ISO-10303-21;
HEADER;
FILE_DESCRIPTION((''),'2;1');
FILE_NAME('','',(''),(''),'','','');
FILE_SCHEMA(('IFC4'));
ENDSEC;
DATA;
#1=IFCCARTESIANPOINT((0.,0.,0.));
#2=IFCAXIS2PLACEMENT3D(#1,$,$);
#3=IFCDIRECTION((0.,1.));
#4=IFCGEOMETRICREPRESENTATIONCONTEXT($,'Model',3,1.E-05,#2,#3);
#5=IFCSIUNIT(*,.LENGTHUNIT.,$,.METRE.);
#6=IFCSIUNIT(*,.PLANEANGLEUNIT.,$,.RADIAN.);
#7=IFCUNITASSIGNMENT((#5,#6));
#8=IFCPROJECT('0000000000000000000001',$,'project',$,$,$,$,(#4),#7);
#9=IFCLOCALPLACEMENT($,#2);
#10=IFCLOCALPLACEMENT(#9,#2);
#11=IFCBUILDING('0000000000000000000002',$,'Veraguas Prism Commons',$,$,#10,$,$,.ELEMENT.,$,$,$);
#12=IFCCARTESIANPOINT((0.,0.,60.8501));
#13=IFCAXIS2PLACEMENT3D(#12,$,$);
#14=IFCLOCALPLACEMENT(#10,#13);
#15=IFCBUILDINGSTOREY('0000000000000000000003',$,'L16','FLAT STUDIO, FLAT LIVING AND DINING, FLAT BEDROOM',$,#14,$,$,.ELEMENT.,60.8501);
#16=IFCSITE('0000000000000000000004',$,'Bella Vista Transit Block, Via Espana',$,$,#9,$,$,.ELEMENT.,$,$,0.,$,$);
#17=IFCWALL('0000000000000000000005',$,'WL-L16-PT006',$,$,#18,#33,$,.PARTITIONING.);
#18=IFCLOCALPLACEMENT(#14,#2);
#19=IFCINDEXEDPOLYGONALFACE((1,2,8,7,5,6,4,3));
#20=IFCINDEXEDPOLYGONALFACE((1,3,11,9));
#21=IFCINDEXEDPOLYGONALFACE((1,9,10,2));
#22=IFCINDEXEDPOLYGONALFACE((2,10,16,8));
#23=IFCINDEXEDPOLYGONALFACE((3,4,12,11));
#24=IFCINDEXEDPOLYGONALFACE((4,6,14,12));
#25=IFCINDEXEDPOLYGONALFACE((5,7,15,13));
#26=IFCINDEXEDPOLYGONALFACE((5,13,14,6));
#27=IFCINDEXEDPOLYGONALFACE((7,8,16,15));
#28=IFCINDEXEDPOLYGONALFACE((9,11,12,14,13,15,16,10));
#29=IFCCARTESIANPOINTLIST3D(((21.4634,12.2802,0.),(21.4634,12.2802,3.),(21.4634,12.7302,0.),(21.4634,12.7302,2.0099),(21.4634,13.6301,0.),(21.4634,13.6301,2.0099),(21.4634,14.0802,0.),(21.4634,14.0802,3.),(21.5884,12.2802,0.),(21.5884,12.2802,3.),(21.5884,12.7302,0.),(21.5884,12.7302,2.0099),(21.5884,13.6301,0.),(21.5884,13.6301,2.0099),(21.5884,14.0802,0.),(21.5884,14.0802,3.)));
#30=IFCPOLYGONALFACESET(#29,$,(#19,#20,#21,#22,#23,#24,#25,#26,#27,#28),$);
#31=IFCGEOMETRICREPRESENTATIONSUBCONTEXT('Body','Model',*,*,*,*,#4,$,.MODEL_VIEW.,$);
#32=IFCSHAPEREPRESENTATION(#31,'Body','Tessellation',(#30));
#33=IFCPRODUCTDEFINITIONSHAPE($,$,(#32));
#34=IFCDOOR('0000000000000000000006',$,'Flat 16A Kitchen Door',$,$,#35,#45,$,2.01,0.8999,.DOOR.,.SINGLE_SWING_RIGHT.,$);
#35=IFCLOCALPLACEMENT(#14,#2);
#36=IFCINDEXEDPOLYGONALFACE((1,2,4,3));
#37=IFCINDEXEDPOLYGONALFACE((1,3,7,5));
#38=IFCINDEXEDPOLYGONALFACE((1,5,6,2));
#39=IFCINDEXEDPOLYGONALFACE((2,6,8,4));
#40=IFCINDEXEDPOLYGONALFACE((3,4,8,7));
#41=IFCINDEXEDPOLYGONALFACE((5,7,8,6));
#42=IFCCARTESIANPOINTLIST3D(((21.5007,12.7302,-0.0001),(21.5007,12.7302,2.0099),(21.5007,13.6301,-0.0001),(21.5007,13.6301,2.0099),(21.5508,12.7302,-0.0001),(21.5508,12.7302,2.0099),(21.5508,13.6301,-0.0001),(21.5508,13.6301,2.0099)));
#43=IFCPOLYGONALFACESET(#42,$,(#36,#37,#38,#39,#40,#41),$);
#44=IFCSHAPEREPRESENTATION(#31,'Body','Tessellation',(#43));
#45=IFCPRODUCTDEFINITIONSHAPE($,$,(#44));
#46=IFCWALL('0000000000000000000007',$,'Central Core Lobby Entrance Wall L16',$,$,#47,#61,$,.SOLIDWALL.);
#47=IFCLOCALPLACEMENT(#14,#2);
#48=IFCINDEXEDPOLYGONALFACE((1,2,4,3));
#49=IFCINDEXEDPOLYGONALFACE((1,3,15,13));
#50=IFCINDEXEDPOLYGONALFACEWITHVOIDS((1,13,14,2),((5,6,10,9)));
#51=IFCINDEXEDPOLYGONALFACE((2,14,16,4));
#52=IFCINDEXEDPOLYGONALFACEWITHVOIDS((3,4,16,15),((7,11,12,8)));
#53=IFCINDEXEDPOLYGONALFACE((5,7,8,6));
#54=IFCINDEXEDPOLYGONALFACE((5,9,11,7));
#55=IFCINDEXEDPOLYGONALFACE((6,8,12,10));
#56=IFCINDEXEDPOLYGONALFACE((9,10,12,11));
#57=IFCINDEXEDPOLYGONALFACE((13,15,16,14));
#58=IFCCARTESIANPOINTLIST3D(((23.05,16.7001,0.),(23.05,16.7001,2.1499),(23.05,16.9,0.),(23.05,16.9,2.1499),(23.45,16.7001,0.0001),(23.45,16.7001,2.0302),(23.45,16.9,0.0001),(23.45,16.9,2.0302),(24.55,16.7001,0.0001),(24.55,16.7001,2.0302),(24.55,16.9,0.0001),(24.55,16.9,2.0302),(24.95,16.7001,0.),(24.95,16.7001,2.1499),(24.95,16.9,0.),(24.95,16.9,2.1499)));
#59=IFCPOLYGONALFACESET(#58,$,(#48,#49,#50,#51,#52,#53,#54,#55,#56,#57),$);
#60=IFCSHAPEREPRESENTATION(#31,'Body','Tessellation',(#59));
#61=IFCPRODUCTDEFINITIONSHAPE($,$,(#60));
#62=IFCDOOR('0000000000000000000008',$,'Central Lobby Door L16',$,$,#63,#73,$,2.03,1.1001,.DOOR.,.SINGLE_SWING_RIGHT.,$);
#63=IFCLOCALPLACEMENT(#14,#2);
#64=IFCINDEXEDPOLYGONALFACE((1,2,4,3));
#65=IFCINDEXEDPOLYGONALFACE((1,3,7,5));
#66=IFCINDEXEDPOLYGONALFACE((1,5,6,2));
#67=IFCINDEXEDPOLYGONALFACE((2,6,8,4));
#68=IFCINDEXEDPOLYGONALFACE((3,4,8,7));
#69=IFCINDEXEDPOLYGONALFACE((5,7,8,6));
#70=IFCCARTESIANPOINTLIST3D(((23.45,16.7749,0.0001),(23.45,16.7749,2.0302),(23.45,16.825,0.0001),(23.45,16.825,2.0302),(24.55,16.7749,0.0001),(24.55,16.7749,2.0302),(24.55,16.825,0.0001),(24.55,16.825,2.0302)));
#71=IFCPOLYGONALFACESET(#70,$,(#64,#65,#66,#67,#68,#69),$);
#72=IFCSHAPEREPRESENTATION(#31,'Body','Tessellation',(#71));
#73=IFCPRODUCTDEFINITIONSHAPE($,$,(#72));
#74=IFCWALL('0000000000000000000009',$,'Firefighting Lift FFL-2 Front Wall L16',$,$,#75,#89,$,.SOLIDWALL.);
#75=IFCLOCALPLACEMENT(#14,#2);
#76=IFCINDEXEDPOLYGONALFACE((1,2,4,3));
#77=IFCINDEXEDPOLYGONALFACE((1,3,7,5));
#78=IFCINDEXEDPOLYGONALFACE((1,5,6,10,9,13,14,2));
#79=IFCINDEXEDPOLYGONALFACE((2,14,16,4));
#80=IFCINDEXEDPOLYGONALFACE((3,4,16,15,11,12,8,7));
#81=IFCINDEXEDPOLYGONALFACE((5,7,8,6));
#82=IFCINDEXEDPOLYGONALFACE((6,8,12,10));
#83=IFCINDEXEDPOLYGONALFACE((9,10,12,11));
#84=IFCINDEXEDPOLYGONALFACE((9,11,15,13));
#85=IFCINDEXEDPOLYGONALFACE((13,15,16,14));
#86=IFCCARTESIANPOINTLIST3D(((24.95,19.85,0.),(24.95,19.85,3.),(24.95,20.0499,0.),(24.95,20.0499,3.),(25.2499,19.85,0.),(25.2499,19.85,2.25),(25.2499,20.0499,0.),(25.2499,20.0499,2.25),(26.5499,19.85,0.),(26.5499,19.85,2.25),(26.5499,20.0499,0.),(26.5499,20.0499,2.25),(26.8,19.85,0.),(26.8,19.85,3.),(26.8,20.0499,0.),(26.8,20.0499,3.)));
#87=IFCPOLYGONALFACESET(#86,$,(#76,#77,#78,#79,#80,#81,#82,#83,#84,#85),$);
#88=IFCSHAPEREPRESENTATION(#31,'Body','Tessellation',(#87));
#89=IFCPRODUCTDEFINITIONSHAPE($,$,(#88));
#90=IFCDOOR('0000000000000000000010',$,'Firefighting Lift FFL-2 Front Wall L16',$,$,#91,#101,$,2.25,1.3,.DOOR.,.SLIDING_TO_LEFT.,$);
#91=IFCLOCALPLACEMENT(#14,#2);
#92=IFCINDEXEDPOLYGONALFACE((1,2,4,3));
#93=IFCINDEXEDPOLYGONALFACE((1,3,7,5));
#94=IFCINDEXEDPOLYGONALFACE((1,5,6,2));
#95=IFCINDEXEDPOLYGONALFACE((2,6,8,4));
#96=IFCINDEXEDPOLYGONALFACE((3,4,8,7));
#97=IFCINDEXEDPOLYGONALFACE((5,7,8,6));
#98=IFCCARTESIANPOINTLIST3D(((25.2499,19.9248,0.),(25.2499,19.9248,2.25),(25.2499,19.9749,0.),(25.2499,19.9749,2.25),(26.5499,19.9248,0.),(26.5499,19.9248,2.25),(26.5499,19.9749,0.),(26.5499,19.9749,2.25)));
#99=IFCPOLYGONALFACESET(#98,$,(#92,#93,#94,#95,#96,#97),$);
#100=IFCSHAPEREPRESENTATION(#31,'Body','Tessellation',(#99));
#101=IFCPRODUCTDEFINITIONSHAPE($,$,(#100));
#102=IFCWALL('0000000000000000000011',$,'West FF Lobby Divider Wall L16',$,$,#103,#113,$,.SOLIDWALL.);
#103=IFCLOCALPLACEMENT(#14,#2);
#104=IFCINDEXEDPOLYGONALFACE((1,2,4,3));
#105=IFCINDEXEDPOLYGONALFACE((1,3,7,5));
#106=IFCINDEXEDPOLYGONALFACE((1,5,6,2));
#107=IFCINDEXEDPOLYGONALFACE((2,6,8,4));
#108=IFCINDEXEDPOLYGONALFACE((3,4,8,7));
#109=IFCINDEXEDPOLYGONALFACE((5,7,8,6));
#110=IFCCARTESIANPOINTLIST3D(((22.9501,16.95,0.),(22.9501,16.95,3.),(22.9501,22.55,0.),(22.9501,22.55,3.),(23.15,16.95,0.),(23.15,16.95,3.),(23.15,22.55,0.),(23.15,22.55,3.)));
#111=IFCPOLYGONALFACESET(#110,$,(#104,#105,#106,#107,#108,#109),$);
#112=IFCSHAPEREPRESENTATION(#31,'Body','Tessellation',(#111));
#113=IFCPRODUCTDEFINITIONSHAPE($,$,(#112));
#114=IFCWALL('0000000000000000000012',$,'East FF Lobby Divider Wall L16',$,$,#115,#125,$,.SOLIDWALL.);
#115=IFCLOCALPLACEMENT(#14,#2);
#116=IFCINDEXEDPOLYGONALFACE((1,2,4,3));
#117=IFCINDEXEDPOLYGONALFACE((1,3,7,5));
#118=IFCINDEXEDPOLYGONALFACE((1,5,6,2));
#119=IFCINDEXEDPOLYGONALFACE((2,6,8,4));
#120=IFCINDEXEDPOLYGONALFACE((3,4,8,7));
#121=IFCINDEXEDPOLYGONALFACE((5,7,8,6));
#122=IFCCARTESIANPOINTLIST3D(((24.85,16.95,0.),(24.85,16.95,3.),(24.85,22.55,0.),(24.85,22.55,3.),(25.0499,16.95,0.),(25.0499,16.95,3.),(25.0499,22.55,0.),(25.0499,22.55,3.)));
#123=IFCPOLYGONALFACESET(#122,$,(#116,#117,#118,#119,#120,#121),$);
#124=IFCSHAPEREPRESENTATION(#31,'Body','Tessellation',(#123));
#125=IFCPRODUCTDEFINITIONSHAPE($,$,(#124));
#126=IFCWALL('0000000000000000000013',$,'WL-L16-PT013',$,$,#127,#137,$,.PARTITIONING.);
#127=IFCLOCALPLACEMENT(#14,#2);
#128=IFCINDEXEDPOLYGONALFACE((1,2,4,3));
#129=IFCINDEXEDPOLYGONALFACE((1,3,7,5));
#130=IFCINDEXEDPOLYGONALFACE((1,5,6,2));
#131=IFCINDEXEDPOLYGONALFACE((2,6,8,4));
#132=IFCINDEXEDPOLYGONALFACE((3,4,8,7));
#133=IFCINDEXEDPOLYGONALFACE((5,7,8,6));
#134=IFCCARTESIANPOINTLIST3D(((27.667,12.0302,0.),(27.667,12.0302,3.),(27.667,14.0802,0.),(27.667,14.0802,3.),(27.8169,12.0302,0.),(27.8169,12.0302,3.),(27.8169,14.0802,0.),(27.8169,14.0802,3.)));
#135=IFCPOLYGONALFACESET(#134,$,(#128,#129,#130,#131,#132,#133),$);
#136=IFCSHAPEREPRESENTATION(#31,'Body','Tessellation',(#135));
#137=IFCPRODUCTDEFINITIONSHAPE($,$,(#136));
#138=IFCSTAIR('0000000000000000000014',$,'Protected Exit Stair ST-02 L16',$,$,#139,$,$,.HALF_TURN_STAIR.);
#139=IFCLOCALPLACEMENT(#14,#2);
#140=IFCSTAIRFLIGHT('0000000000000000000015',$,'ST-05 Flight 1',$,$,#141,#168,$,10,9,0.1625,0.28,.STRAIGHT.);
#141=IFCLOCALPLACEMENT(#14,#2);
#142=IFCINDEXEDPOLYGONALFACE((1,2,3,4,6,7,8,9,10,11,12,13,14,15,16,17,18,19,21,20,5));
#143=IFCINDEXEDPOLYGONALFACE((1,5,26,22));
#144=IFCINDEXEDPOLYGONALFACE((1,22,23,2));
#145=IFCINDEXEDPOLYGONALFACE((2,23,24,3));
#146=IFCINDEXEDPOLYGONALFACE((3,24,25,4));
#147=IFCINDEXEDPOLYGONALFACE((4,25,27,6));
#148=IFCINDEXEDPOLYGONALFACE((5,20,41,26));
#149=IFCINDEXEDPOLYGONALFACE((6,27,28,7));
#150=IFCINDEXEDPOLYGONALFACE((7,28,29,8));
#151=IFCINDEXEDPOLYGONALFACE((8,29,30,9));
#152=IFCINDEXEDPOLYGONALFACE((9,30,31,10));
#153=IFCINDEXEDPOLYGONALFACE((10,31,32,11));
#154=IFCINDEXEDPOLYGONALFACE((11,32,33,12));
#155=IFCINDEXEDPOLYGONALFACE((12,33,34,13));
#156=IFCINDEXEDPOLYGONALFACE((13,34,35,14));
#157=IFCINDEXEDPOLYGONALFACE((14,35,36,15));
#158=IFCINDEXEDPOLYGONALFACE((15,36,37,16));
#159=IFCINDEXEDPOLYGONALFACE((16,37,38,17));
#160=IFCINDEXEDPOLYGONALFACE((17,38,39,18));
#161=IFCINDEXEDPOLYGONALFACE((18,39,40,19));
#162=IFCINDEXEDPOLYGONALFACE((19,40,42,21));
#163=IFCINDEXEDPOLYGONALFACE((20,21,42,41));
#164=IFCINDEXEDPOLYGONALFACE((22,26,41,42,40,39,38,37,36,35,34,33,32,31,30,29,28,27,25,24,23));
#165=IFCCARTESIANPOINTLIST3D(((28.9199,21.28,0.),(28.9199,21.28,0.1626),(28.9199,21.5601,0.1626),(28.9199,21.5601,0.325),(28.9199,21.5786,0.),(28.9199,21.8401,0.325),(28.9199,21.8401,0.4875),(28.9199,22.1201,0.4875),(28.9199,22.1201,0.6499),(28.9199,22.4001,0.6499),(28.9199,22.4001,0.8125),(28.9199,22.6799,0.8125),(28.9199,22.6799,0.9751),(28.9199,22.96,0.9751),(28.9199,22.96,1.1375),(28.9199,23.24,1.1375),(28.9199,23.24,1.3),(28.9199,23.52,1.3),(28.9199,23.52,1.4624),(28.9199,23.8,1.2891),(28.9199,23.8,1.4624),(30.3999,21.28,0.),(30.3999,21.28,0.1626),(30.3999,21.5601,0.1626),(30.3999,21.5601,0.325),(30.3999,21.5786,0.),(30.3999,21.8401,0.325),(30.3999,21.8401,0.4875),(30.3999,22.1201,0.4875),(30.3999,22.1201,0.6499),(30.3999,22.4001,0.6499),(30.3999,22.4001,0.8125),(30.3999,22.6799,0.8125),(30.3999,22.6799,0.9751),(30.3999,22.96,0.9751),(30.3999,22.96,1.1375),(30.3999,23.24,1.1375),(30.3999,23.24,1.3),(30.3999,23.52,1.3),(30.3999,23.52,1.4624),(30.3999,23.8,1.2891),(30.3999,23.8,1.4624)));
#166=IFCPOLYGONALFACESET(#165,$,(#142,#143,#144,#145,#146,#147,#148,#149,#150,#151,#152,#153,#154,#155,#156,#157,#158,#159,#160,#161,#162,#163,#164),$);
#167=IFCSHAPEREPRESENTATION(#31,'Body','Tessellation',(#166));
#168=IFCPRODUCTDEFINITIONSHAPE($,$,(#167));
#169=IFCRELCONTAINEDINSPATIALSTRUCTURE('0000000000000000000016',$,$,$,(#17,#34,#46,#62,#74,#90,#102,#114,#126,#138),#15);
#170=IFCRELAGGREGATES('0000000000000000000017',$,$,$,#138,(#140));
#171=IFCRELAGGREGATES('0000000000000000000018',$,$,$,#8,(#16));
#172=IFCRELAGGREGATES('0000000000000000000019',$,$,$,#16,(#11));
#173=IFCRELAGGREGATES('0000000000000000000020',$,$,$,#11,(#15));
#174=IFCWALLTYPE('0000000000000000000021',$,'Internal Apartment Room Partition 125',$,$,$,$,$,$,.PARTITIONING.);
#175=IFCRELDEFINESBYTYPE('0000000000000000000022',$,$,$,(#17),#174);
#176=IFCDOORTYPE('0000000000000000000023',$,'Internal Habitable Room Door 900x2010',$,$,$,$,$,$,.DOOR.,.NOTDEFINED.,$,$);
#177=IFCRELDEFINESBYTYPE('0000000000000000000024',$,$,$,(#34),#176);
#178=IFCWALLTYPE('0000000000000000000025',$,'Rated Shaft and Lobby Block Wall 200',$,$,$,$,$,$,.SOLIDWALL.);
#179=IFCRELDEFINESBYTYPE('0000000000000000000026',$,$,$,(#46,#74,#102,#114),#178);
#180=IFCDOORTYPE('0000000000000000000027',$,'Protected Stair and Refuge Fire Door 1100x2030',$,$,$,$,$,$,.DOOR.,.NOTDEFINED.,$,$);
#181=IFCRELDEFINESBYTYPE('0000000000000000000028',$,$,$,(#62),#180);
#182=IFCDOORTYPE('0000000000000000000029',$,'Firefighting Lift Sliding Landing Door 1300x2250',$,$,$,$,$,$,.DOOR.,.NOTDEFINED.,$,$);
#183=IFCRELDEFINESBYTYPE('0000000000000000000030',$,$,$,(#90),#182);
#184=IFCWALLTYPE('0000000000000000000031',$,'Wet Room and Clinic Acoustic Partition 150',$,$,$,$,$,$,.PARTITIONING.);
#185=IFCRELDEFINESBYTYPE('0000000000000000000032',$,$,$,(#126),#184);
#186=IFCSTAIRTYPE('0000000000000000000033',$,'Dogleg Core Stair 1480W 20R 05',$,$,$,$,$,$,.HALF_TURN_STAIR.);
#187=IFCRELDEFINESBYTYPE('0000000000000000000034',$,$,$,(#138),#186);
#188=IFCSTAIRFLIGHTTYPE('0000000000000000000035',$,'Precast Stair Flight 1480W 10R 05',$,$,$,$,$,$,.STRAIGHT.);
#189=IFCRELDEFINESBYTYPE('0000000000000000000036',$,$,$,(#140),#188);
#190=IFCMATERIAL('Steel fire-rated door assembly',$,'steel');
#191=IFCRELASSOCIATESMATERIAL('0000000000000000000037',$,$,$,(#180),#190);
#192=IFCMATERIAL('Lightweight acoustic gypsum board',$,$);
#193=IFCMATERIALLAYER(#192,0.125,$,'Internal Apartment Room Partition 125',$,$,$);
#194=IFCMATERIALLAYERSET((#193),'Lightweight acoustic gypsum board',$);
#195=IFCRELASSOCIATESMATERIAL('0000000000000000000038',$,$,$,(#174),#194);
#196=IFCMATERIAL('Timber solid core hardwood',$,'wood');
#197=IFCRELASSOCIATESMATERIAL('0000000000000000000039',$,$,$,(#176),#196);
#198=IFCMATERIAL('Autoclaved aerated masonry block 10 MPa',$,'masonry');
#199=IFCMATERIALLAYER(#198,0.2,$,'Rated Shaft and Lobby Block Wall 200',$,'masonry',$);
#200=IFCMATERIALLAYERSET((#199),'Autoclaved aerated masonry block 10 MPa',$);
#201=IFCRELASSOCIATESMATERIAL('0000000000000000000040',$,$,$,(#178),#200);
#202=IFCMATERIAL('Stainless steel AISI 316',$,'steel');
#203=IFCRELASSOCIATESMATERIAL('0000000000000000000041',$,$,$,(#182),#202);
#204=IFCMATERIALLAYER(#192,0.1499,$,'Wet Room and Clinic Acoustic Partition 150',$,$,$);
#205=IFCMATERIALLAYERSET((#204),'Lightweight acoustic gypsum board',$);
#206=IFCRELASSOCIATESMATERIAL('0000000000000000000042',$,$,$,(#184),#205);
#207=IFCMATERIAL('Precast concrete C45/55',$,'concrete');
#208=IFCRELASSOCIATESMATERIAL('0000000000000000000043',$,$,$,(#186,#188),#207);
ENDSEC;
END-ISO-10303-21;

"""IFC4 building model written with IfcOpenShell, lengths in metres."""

from ifc_helpers import new_model, si_unit, direction, frame, frame_2d, origin, place, context, subcontext, project, spatial, polyline, rectangle, outline, extrude, source, transform, mapped, material, layer, layer_set, type_object, element, fill, aggregate, save


model = new_model("IFC4")

# Units and contexts
model_context = context("Model", 3, precision=1e-05, world=origin(), true_north=direction((0.0, 1.0)))
body_context = subcontext(model_context, "Body", "Model", "MODEL_VIEW")
ifc_project = project(units=[si_unit("LENGTHUNIT", "METRE"), si_unit("PLANEANGLEUNIT", "RADIAN")], contexts=[model_context])

# Site, building, storey
site_placement = place(None, origin())
site = spatial("IfcSite", under=ifc_project, at=site_placement, Name="Bella Vista Transit Block, Via Espana", CompositionType="ELEMENT", RefElevation=0.0)
building_placement = place(site_placement, origin())
building = spatial("IfcBuilding", under=site, at=building_placement, Name="Veraguas Prism Commons", CompositionType="ELEMENT")
storey_placement = place(building_placement, frame((0.0, 0.0, 60.8501)))
storey = spatial("IfcBuildingStorey", under=building, at=storey_placement, Name="L16", Description="FLAT STUDIO, FLAT LIVING AND DINING, FLAT BEDROOM", CompositionType="ELEMENT", Elevation=60.8501)

# Shared definitions
ifc_material_1 = material(Name="Steel fire-rated door assembly", Category="steel")
door_type_1 = type_object("IfcDoorType", Name="Protected Stair and Refuge Fire Door 1100x2030", OperationType="NOTDEFINED", PredefinedType="DOOR", material=ifc_material_1)
shared_shape_1 = source(origin(), body_context, "Body", "SweptSolid", [
    extrude(rectangle(XDim=1.1001, YDim=2.03, at=frame_2d((0.55, 1.0151))), frame((0.0, 0.0249, 0.0), z_axis=(0.0, -1.0, 0.0), x_axis=(1.0, 0.0, 0.0)), (0.0, 0.0, 1.0), 0.05),
])

# Shared definitions
ifc_material_2 = material(Name="Autoclaved aerated masonry block 10 MPa", Category="masonry")

# Walls, openings, doors
ifc_material_3 = material(Name="Lightweight acoustic gypsum board")
ifc_layer_1 = layer(ifc_material_3, 0.125, Name="Internal Apartment Room Partition 125")
ifc_layer_set_1 = layer_set([ifc_layer_1], Name="Lightweight acoustic gypsum board")
wall_type_1 = type_object("IfcWallType", Name="Internal Apartment Room Partition 125", PredefinedType="PARTITIONING", material=ifc_layer_set_1)
wall_1_placement = place(storey_placement, frame((21.5259, 14.0801, 0.0), z_axis=(0.0, 0.0, 1.0), x_axis=(0.0, -1.0, 0.0)))
wall_1 = element("IfcWall", 1, at=wall_1_placement, inside=storey, type_object=wall_type_1, Name="WL-L16-PT006", PredefinedType="PARTITIONING", context=body_context, shape_type="SweptSolid", body=[
    extrude(rectangle(XDim=1.8, YDim=0.125, at=frame_2d((0.8999, 0.0))), origin(), (0.0, 0.0, 1.0), 3.0),
])
opening_1_placement = place(wall_1_placement, frame((0.45, 0.0, 0.0)))
opening_1 = element("IfcOpeningElement", 2, at=opening_1_placement, cuts=wall_1, PredefinedType="OPENING", context=body_context, shape_type="SweptSolid", body=[
    extrude(rectangle(XDim=0.8999, YDim=2.01, at=frame_2d((0.45, 1.0049))), frame((0.0, 0.0725, 0.0), z_axis=(0.0, -1.0, 0.0), x_axis=(1.0, 0.0, 0.0)), (0.0, 0.0, 1.0), 0.145),
])
ifc_material_4 = material(Name="Timber solid core hardwood", Category="wood")
door_type_2 = type_object("IfcDoorType", Name="Internal Habitable Room Door 900x2010", OperationType="NOTDEFINED", PredefinedType="DOOR", material=ifc_material_4)
shared_shape_2 = source(origin(), body_context, "Body", "SweptSolid", [
    extrude(rectangle(XDim=0.8999, YDim=2.01, at=frame_2d((0.45, 1.0049))), frame((0.0, 0.0249, 0.0), z_axis=(0.0, -1.0, 0.0), x_axis=(1.0, 0.0, 0.0)), (0.0, 0.0, 1.0), 0.05),
])
door_1_placement = place(opening_1_placement, origin())
door_1 = element("IfcDoor", 3, at=door_1_placement, inside=storey, type_object=door_type_2, Name="Flat 16A Kitchen Door", OperationType="SINGLE_SWING_RIGHT", OverallHeight=2.01, OverallWidth=0.8999, PredefinedType="DOOR", context=body_context, shape_type="MappedRepresentation", body=[
    mapped(shared_shape_2, transform((0.0, 0.0, 0.0), scale=1.0)),
])
fill(opening_1, door_1)
ifc_layer_2 = layer(ifc_material_2, 0.2, Name="Rated Shaft and Lobby Block Wall 200", Category="masonry")
ifc_layer_set_2 = layer_set([ifc_layer_2], Name="Autoclaved aerated masonry block 10 MPa")
wall_type_2 = type_object("IfcWallType", Name="Rated Shaft and Lobby Block Wall 200", PredefinedType="SOLIDWALL", material=ifc_layer_set_2)
wall_2_placement = place(storey_placement, frame((23.05, 16.8, 0.0), z_axis=(0.0, 0.0, 1.0), x_axis=(1.0, 0.0, 0.0)))
wall_2 = element("IfcWall", 4, at=wall_2_placement, inside=storey, type_object=wall_type_2, Name="Central Core Lobby Entrance Wall L16", PredefinedType="SOLIDWALL", context=body_context, shape_type="SweptSolid", body=[
    extrude(rectangle(XDim=1.8999, YDim=0.2, at=frame_2d((0.95, 0.0))), origin(), (0.0, 0.0, 1.0), 2.1499),
])
opening_2_placement = place(wall_2_placement, frame((0.3999, 0.0, 0.0)))
opening_2 = element("IfcOpeningElement", 5, at=opening_2_placement, cuts=wall_2, PredefinedType="OPENING", context=body_context, shape_type="SweptSolid", body=[
    extrude(rectangle(XDim=1.1001, YDim=2.03, at=frame_2d((0.55, 1.0151))), frame((0.0, 0.1099, 0.0), z_axis=(0.0, -1.0, 0.0), x_axis=(1.0, 0.0, 0.0)), (0.0, 0.0, 1.0), 0.22),
])
door_2_placement = place(opening_2_placement, origin())
door_2 = element("IfcDoor", 6, at=door_2_placement, inside=storey, type_object=door_type_1, Name="Central Lobby Door L16", OperationType="SINGLE_SWING_RIGHT", OverallHeight=2.03, OverallWidth=1.1001, PredefinedType="DOOR", context=body_context, shape_type="MappedRepresentation", body=[
    mapped(shared_shape_1, transform((0.0, 0.0, 0.0), scale=1.0)),
])
fill(opening_2, door_2)
wall_3_placement = place(storey_placement, frame((24.95, 19.95, 0.0), z_axis=(0.0, 0.0, 1.0), x_axis=(1.0, 0.0, 0.0)))
wall_3 = element("IfcWall", 7, at=wall_3_placement, inside=storey, type_object=wall_type_2, Name="Firefighting Lift FFL-2 Front Wall L16", PredefinedType="SOLIDWALL", context=body_context, shape_type="SweptSolid", body=[
    extrude(rectangle(XDim=1.8501, YDim=0.2, at=frame_2d((0.925, 0.0))), origin(), (0.0, 0.0, 1.0), 3.0),
])
opening_3_placement = place(wall_3_placement, frame((0.3, 0.0, 0.0)))
opening_3 = element("IfcOpeningElement", 8, at=opening_3_placement, cuts=wall_3, PredefinedType="OPENING", context=body_context, shape_type="SweptSolid", body=[
    extrude(rectangle(XDim=1.3, YDim=2.25, at=frame_2d((0.6499, 1.125))), frame((0.0, 0.1099, 0.0), z_axis=(0.0, -1.0, 0.0), x_axis=(1.0, 0.0, 0.0)), (0.0, 0.0, 1.0), 0.22),
])
ifc_material_5 = material(Name="Stainless steel AISI 316", Category="steel")
door_type_3 = type_object("IfcDoorType", Name="Firefighting Lift Sliding Landing Door 1300x2250", OperationType="NOTDEFINED", PredefinedType="DOOR", material=ifc_material_5)
shared_shape_3 = source(origin(), body_context, "Body", "SweptSolid", [
    extrude(rectangle(XDim=1.3, YDim=2.25, at=frame_2d((0.6499, 1.125))), frame((0.0, 0.0249, 0.0), z_axis=(0.0, -1.0, 0.0), x_axis=(1.0, 0.0, 0.0)), (0.0, 0.0, 1.0), 0.05),
])
door_3_placement = place(opening_3_placement, origin())
door_3 = element("IfcDoor", 9, at=door_3_placement, inside=storey, type_object=door_type_3, Name="Firefighting Lift FFL-2 Front Wall L16", OperationType="SLIDING_TO_LEFT", OverallHeight=2.25, OverallWidth=1.3, PredefinedType="DOOR", context=body_context, shape_type="MappedRepresentation", body=[
    mapped(shared_shape_3, transform((0.0, 0.0, 0.0), scale=1.0)),
])
fill(opening_3, door_3)

# Walls
for number, where, z_axis, x_axis, name in (
    (10, (23.05, 16.95, 0.0), (0.0, 0.0, 1.0), (0.0, 1.0, 0.0), "West FF Lobby Divider Wall L16"),
    (11, (24.95, 16.95, 0.0), (0.0, 0.0, 1.0), (0.0, 1.0, 0.0), "East FF Lobby Divider Wall L16"),
):
    element("IfcWall", number, at=place(storey_placement, frame(where, z_axis=z_axis, x_axis=x_axis)), inside=storey, type_object=wall_type_2, Name=name, PredefinedType="SOLIDWALL", context=body_context, shape_type="SweptSolid", body=[
        extrude(rectangle(XDim=5.6001, YDim=0.2, at=frame_2d((2.8, 0.0))), origin(), (0.0, 0.0, 1.0), 3.0),
    ])
ifc_layer_3 = layer(ifc_material_3, 0.1499, Name="Wet Room and Clinic Acoustic Partition 150")
ifc_layer_set_3 = layer_set([ifc_layer_3], Name="Lightweight acoustic gypsum board")
wall_type_3 = type_object("IfcWallType", Name="Wet Room and Clinic Acoustic Partition 150", PredefinedType="PARTITIONING", material=ifc_layer_set_3)
wall_4_placement = place(storey_placement, frame((27.7419, 14.0801, 0.0), z_axis=(0.0, 0.0, 1.0), x_axis=(0.0, -1.0, 0.0)))
element("IfcWall", 12, at=wall_4_placement, inside=storey, type_object=wall_type_3, Name="WL-L16-PT013", PredefinedType="PARTITIONING", context=body_context, shape_type="SweptSolid", body=[
    extrude(rectangle(XDim=2.05, YDim=0.1499, at=frame_2d((1.0249, 0.0))), origin(), (0.0, 0.0, 1.0), 3.0),
])

# Stair, stair flight
ifc_material_6 = material(Name="Precast concrete C45/55", Category="concrete")
stair_type = type_object("IfcStairType", Name="Dogleg Core Stair 1480W 20R 05", PredefinedType="HALF_TURN_STAIR", material=ifc_material_6)
stair_placement = place(storey_placement, origin())
stair = element("IfcStair", 13, at=stair_placement, inside=storey, type_object=stair_type, Name="Protected Exit Stair ST-02 L16", PredefinedType="HALF_TURN_STAIR")
stair_flight_type = type_object("IfcStairFlightType", Name="Precast Stair Flight 1480W 10R 05", PredefinedType="STRAIGHT", material=ifc_material_6)
stair_flight_placement = place(storey_placement, frame((29.6599, 21.28, 0.0), z_axis=(0.0, 0.0, 1.0), x_axis=(0.0, 1.0, 0.0)))
stair_flight = element("IfcStairFlight", 14, at=stair_flight_placement, type_object=stair_flight_type, Name="ST-05 Flight 1", NumberOfRisers=10, NumberOfTreads=9, PredefinedType="STRAIGHT", RiserHeight=0.1625, TreadLength=0.28, context=body_context, shape_type="SweptSolid", body=[
    extrude(outline(polyline([(0.0, 0.0), (0.0, 0.1626), (0.28, 0.1626), (0.28, 0.325), (0.5601, 0.325), (0.5601, 0.4875), (0.8401, 0.4875), (0.8401, 0.6499), (1.1201, 0.6499), (1.1201, 0.8125), (1.3999, 0.8125), (1.3999, 0.9751), (1.6799, 0.9751), (1.6799, 1.1375), (1.96, 1.1375), (1.96, 1.3), (2.24, 1.3), (2.24, 1.4624), (2.52, 1.4624), (2.52, 1.625), (2.52, 1.2891), (0.2986, 0.0), (0.0, 0.0)])), frame((0.0, 0.74, 0.0), z_axis=(0.0, -1.0, 0.0), x_axis=(1.0, 0.0, 0.0)), (0.0, 0.0, 1.0), 1.48),
])
aggregate(stair, [stair_flight])

save(model, "model.ifc")
